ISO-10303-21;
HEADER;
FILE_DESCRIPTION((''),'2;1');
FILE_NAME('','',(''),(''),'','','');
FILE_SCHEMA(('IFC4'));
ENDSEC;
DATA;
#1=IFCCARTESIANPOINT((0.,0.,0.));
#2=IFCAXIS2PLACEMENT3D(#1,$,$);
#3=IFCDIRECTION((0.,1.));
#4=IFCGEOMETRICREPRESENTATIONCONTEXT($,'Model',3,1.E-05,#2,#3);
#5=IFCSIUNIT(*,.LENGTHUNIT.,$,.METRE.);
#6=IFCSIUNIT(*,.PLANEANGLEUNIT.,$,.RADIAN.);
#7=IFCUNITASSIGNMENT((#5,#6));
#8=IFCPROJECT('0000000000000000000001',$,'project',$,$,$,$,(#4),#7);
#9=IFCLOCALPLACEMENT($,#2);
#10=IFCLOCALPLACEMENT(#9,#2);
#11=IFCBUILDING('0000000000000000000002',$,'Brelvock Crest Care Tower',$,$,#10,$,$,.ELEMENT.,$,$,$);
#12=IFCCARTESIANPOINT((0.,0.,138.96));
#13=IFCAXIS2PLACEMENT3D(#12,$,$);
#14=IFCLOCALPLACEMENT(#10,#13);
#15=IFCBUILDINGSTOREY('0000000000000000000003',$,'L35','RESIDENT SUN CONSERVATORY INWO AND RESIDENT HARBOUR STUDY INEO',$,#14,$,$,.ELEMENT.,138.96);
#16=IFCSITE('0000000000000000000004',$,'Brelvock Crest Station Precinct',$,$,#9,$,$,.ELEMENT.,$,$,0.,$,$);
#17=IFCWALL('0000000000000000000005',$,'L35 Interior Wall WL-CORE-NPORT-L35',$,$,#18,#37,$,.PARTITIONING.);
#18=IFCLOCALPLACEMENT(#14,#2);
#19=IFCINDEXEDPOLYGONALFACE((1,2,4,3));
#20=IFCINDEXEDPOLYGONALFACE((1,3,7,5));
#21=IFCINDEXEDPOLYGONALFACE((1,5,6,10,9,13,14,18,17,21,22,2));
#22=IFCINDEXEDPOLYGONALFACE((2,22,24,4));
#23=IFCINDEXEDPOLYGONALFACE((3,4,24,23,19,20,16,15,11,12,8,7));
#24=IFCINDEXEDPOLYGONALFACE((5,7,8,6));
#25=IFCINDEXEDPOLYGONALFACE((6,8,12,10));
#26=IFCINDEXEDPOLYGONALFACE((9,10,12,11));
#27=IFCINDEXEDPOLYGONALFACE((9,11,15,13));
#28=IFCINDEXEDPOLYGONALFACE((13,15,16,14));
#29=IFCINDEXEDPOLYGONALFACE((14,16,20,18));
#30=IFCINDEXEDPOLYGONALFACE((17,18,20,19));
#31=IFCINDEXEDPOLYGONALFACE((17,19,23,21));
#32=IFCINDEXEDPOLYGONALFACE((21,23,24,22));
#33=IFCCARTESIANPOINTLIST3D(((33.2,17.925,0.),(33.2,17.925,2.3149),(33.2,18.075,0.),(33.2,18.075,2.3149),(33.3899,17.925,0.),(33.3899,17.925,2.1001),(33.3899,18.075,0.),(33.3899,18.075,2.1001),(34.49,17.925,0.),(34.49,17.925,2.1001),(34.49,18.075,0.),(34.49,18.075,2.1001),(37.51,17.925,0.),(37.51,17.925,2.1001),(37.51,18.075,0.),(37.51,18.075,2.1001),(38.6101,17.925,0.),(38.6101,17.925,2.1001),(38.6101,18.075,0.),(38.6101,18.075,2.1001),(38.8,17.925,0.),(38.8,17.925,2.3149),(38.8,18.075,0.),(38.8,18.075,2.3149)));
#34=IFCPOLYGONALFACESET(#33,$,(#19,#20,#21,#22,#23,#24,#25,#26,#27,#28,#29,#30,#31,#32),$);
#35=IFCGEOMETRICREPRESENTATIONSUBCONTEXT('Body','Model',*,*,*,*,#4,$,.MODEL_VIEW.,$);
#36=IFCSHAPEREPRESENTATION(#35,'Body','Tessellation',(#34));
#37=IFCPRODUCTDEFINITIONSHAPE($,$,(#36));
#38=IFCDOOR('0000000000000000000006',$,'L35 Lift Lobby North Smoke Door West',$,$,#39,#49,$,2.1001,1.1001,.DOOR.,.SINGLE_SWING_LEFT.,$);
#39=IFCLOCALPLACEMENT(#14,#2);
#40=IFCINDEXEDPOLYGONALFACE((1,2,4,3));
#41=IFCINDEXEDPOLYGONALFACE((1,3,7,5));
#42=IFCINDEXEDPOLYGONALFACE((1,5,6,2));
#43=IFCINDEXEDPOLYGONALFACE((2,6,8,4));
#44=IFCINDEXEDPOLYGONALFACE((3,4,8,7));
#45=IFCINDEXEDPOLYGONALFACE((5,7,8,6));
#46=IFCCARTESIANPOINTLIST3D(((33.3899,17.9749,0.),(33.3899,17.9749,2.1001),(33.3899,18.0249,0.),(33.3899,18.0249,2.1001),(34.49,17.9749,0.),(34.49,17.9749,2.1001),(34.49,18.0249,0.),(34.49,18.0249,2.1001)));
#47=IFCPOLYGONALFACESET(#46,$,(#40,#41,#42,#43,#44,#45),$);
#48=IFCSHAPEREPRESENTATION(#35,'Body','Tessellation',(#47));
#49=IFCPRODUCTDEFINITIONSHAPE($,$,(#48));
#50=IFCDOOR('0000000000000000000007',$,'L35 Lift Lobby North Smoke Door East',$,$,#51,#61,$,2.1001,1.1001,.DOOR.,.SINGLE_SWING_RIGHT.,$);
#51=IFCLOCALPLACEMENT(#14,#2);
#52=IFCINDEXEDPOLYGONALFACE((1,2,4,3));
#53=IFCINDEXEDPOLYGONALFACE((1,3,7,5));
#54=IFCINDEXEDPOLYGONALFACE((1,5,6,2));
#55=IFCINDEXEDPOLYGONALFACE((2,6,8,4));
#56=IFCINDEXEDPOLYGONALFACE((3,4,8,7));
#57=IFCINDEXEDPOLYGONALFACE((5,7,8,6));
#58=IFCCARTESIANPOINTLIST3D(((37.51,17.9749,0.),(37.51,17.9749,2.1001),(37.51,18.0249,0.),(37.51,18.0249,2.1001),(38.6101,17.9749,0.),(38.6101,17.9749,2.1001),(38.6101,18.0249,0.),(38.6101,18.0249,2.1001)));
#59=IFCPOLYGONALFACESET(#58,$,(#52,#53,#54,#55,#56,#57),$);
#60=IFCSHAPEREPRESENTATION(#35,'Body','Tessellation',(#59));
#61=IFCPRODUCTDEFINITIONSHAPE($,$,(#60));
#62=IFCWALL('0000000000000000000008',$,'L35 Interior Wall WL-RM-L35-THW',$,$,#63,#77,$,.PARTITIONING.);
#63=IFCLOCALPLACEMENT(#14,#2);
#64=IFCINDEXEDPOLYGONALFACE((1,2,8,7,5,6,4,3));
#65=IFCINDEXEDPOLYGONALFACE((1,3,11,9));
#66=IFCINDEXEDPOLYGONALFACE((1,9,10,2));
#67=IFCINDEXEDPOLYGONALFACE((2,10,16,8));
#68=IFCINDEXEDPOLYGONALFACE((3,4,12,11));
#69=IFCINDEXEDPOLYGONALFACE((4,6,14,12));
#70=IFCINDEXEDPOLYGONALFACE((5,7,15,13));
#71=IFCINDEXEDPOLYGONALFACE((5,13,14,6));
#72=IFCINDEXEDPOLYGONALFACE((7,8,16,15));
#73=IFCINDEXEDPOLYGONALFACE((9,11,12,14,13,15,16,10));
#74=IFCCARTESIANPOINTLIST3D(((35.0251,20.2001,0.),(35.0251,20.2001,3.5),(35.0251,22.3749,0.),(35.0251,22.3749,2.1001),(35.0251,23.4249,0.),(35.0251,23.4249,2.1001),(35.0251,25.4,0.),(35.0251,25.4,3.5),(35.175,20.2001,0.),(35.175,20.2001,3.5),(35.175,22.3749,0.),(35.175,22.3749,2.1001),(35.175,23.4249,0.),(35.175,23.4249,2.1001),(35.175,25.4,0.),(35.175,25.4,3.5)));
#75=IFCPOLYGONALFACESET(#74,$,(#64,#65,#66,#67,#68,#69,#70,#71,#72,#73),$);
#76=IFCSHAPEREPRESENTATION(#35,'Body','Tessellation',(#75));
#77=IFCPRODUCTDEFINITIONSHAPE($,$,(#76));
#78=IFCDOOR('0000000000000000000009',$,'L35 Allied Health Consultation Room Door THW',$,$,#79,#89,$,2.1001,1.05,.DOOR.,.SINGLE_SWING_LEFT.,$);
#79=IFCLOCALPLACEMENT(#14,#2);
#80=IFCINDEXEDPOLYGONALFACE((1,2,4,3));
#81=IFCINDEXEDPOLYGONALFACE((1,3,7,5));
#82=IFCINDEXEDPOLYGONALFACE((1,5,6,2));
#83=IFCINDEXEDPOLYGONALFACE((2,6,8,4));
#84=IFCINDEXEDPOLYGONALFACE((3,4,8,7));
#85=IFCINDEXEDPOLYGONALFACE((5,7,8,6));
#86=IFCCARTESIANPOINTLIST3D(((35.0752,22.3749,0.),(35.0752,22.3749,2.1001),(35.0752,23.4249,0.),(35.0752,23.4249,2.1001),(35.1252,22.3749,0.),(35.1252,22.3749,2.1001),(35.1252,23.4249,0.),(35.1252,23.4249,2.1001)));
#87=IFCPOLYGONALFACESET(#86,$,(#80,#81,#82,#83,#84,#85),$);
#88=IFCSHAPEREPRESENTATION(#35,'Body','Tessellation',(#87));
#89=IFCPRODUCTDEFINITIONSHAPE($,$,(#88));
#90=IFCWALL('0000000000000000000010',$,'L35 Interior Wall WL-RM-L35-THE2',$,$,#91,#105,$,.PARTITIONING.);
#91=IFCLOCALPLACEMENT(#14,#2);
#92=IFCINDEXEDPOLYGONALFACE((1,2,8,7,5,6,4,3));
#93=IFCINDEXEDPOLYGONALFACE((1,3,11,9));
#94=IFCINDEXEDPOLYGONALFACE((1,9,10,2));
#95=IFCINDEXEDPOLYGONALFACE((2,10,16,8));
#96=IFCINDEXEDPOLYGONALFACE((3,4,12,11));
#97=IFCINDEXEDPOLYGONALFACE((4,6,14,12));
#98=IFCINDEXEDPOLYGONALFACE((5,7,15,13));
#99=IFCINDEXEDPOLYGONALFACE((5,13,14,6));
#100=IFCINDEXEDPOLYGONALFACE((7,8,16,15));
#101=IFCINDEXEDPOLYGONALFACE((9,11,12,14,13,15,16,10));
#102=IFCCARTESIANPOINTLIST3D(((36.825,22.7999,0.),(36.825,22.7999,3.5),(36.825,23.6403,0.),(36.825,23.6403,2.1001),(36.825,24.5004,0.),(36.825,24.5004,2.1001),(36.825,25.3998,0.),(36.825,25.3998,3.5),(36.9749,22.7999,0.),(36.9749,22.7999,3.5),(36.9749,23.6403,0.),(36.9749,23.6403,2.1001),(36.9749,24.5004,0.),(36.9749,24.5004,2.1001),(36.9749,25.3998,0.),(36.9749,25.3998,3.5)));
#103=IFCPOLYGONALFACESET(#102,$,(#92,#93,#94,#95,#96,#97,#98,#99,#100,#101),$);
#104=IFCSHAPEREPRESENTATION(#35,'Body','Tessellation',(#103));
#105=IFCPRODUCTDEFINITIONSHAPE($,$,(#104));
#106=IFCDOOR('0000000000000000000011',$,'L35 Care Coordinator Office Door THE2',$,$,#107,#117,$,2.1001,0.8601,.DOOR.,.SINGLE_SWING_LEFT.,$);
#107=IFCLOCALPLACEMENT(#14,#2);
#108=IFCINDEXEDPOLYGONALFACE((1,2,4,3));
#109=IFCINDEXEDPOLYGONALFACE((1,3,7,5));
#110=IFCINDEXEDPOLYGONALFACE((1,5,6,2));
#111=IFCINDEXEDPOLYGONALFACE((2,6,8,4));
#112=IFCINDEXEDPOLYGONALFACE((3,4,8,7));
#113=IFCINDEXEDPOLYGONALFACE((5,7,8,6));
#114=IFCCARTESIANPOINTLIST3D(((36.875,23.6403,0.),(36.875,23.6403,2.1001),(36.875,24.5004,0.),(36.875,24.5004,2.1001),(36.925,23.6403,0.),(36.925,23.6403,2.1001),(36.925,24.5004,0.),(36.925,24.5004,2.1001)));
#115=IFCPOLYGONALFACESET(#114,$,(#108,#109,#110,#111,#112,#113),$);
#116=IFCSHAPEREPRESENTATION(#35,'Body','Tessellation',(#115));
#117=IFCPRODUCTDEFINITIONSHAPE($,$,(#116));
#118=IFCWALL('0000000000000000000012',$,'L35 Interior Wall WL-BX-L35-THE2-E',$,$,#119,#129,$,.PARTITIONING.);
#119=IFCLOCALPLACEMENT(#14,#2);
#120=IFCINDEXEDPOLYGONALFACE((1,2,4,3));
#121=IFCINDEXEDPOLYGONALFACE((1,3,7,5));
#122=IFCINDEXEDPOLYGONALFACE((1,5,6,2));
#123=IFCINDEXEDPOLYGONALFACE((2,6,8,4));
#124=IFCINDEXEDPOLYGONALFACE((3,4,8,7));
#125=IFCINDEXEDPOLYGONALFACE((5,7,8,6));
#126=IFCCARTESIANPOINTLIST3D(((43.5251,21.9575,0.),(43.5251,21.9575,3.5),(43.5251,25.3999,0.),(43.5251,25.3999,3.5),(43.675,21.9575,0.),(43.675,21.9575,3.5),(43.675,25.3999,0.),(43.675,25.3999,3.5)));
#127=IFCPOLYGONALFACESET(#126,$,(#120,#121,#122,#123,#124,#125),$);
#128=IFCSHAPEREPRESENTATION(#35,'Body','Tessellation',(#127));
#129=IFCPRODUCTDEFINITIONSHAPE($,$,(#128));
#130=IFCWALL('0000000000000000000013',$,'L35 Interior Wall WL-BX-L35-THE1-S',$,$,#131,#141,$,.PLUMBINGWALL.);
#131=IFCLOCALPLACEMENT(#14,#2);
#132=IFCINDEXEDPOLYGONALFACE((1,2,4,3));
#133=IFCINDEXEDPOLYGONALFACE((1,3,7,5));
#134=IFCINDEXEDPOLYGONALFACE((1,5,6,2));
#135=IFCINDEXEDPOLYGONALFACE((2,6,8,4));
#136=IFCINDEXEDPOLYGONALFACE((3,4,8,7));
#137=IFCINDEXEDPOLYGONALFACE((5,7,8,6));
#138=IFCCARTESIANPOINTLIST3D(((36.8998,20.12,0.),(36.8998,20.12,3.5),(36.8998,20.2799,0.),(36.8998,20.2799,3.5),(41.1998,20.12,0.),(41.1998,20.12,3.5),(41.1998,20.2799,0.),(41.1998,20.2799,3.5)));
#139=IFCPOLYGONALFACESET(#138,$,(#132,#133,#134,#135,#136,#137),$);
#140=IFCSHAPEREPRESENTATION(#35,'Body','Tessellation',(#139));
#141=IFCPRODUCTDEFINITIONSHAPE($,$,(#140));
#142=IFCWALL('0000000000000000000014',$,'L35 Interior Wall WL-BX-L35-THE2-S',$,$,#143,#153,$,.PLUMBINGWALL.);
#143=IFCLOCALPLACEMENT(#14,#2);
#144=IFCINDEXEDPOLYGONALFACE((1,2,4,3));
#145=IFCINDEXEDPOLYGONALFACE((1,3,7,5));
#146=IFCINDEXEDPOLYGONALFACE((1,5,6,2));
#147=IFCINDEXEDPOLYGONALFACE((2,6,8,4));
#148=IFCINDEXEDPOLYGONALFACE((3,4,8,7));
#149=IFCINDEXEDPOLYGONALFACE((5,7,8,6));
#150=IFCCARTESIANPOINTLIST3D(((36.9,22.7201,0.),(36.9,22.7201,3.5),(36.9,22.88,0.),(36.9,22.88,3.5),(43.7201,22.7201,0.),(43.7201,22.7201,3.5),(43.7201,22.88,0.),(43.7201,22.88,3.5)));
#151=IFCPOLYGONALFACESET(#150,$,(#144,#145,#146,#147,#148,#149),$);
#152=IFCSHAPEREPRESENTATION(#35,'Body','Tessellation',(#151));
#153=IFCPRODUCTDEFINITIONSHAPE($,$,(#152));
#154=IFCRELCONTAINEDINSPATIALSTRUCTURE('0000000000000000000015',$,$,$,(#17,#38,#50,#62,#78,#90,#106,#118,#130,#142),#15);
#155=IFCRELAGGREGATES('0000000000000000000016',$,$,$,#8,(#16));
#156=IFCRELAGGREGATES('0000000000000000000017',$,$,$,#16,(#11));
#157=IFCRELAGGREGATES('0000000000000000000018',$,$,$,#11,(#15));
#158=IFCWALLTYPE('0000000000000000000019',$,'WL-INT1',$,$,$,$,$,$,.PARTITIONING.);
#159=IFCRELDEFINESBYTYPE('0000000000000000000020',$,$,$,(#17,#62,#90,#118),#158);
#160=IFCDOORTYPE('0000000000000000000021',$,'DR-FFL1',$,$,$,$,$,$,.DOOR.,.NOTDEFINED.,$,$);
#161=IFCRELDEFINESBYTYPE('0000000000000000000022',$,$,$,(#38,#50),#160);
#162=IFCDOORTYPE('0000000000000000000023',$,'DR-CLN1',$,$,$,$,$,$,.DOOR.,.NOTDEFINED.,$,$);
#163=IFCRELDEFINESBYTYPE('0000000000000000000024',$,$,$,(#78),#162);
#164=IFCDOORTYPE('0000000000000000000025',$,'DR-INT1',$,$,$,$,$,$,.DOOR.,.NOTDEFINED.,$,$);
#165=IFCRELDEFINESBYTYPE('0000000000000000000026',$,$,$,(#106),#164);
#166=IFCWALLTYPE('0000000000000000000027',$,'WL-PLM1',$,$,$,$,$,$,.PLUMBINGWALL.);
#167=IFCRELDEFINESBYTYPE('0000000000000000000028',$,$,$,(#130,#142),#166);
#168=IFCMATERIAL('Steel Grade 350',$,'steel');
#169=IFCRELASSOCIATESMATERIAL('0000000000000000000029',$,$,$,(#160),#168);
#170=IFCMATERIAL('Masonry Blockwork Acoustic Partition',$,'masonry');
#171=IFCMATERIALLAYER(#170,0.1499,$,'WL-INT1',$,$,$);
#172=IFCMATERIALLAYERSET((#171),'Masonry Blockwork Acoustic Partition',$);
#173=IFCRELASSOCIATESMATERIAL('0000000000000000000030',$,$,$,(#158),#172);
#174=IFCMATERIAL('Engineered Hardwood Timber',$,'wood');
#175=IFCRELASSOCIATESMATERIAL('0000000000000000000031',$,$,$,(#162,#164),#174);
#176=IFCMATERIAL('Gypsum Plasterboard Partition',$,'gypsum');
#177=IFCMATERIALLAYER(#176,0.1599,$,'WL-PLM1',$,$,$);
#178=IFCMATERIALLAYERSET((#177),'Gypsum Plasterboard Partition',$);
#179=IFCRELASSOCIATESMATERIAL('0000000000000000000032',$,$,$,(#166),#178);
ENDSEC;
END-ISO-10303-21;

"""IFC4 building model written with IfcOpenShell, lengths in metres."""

from ifc_helpers import new_model, si_unit, direction, frame, frame_2d, origin, origin_2d, place, context, subcontext, project, spatial, rectangle, extrude, source, transform, mapped, material, layer, layer_set, type_object, element, fill, save


model = new_model("IFC4")

# Units and contexts
model_context = context("Model", 3, precision=1e-05, world=origin(), true_north=direction((0.0, 1.0)))
body_context = subcontext(model_context, "Body", "Model", "MODEL_VIEW")
ifc_project = project(units=[si_unit("LENGTHUNIT", "METRE"), si_unit("PLANEANGLEUNIT", "RADIAN")], contexts=[model_context])

# Site, building, storey
site_placement = place(None, origin())
site = spatial("IfcSite", under=ifc_project, at=site_placement, Name="Brelvock Crest Station Precinct", CompositionType="ELEMENT", RefElevation=0.0)
building_placement = place(site_placement, origin())
building = spatial("IfcBuilding", under=site, at=building_placement, Name="Brelvock Crest Care Tower", CompositionType="ELEMENT")
storey_placement = place(building_placement, frame((0.0, 0.0, 138.96)))
storey = spatial("IfcBuildingStorey", under=building, at=storey_placement, Name="L35", Description="RESIDENT SUN CONSERVATORY INWO AND RESIDENT HARBOUR STUDY INEO", CompositionType="ELEMENT", Elevation=138.96)

# Shared definitions
ifc_material_1 = material(Name="Steel Grade 350", Category="steel")

# Shared definitions
door_type_1 = type_object("IfcDoorType", Name="DR-FFL1", OperationType="NOTDEFINED", PredefinedType="DOOR", material=ifc_material_1)
shared_shape_1 = source(origin(), body_context, "Body", "SweptSolid", [
    extrude(rectangle(XDim=1.1001, YDim=2.1001, at=origin_2d()), frame((0.55, 0.0249, 1.05), z_axis=(0.0, -1.0, 0.0), x_axis=(1.0, 0.0, 0.0)), (0.0, 0.0, 1.0), 0.05),
])

# Wall, openings, doors
ifc_material_2 = material(Name="Masonry Blockwork Acoustic Partition", Category="masonry")
ifc_layer_1 = layer(ifc_material_2, 0.1499, Name="WL-INT1")
ifc_layer_set_1 = layer_set([ifc_layer_1], Name="Masonry Blockwork Acoustic Partition")
wall_type_1 = type_object("IfcWallType", Name="WL-INT1", PredefinedType="PARTITIONING", material=ifc_layer_set_1)
wall_1_placement = place(storey_placement, frame((33.2, 18.0, 0.0), z_axis=(0.0, 0.0, 1.0), x_axis=(1.0, 0.0, 0.0)))
wall_1 = element("IfcWall", 1, at=wall_1_placement, inside=storey, type_object=wall_type_1, Name="L35 Interior Wall WL-CORE-NPORT-L35", PredefinedType="PARTITIONING", context=body_context, shape_type="SweptSolid", body=[
    extrude(rectangle(XDim=5.6001, YDim=0.1499, at=frame_2d((2.8, 0.0))), origin(), (0.0, 0.0, 1.0), 2.3149),
])
opening_1_placement = place(wall_1_placement, frame((0.1899, 0.0, 0.0)))
opening_1 = element("IfcOpeningElement", 2, at=opening_1_placement, cuts=wall_1, PredefinedType="OPENING", context=body_context, shape_type="SweptSolid", body=[
    extrude(rectangle(XDim=1.1001, YDim=2.1001, at=origin_2d()), frame((0.55, 0.085, 1.05), z_axis=(0.0, -1.0, 0.0), x_axis=(1.0, 0.0, 0.0)), (0.0, 0.0, 1.0), 0.1699),
])
opening_2_placement = place(wall_1_placement, frame((4.3101, 0.0, 0.0)))
opening_2 = element("IfcOpeningElement", 3, at=opening_2_placement, cuts=wall_1, PredefinedType="OPENING", context=body_context, shape_type="SweptSolid", body=[
    extrude(rectangle(XDim=1.1001, YDim=2.1001, at=origin_2d()), frame((0.55, 0.085, 1.05), z_axis=(0.0, -1.0, 0.0), x_axis=(1.0, 0.0, 0.0)), (0.0, 0.0, 1.0), 0.1699),
])
door_1_placement = place(opening_1_placement, origin())
door_1 = element("IfcDoor", 4, at=door_1_placement, inside=storey, type_object=door_type_1, Name="L35 Lift Lobby North Smoke Door West", OperationType="SINGLE_SWING_LEFT", OverallHeight=2.1001, OverallWidth=1.1001, PredefinedType="DOOR", context=body_context, shape_type="MappedRepresentation", body=[
    mapped(shared_shape_1, transform((0.0, 0.0, 0.0), x_axis=(1.0, 0.0, 0.0), y_axis=(0.0, 1.0, 0.0), z_axis=(0.0, 0.0, 1.0), scale=1.0)),
])
fill(opening_1, door_1)
door_2_placement = place(opening_2_placement, origin())
door_2 = element("IfcDoor", 5, at=door_2_placement, inside=storey, type_object=door_type_1, Name="L35 Lift Lobby North Smoke Door East", OperationType="SINGLE_SWING_RIGHT", OverallHeight=2.1001, OverallWidth=1.1001, PredefinedType="DOOR", context=body_context, shape_type="MappedRepresentation", body=[
    mapped(shared_shape_1, transform((0.0, 0.0, 0.0), x_axis=(1.0, 0.0, 0.0), y_axis=(0.0, 1.0, 0.0), z_axis=(0.0, 0.0, 1.0), scale=1.0)),
])
fill(opening_2, door_2)

# Walls, openings, doors
wall_2_placement = place(storey_placement, frame((35.1001, 20.2, 0.0), z_axis=(0.0, 0.0, 1.0), x_axis=(0.0, 1.0, 0.0)))
wall_2 = element("IfcWall", 6, at=wall_2_placement, inside=storey, type_object=wall_type_1, Name="L35 Interior Wall WL-RM-L35-THW", PredefinedType="PARTITIONING", context=body_context, shape_type="SweptSolid", body=[
    extrude(rectangle(XDim=5.2, YDim=0.1499, at=frame_2d((2.6001, 0.0))), origin(), (0.0, 0.0, 1.0), 3.5),
])
opening_3_placement = place(wall_2_placement, frame((2.175, 0.0, 0.0)))
opening_3 = element("IfcOpeningElement", 7, at=opening_3_placement, cuts=wall_2, PredefinedType="OPENING", context=body_context, shape_type="SweptSolid", body=[
    extrude(rectangle(XDim=1.05, YDim=2.1001, at=origin_2d()), frame((0.5249, 0.085, 1.05), z_axis=(0.0, -1.0, 0.0), x_axis=(1.0, 0.0, 0.0)), (0.0, 0.0, 1.0), 0.1699),
])
ifc_material_3 = material(Name="Engineered Hardwood Timber", Category="wood")
door_type_2 = type_object("IfcDoorType", Name="DR-CLN1", OperationType="NOTDEFINED", PredefinedType="DOOR", material=ifc_material_3)
shared_shape_2 = source(origin(), body_context, "Body", "SweptSolid", [
    extrude(rectangle(XDim=1.05, YDim=2.1001, at=origin_2d()), frame((0.5249, 0.0249, 1.05), z_axis=(0.0, -1.0, 0.0), x_axis=(1.0, 0.0, 0.0)), (0.0, 0.0, 1.0), 0.05),
])
door_3_placement = place(opening_3_placement, origin())
door_3 = element("IfcDoor", 8, at=door_3_placement, inside=storey, type_object=door_type_2, Name="L35 Allied Health Consultation Room Door THW", OperationType="SINGLE_SWING_LEFT", OverallHeight=2.1001, OverallWidth=1.05, PredefinedType="DOOR", context=body_context, shape_type="MappedRepresentation", body=[
    mapped(shared_shape_2, transform((0.0, 0.0, 0.0), x_axis=(1.0, 0.0, 0.0), y_axis=(0.0, 1.0, 0.0), z_axis=(0.0, 0.0, 1.0), scale=1.0)),
])
fill(opening_3, door_3)
wall_3_placement = place(storey_placement, frame((36.8999, 22.8, 0.0), z_axis=(0.0, 0.0, 1.0), x_axis=(0.0, 1.0, 0.0)))
wall_3 = element("IfcWall", 9, at=wall_3_placement, inside=storey, type_object=wall_type_1, Name="L35 Interior Wall WL-RM-L35-THE2", PredefinedType="PARTITIONING", context=body_context, shape_type="SweptSolid", body=[
    extrude(rectangle(XDim=2.5999, YDim=0.1499, at=frame_2d((1.2998, 0.0))), origin(), (0.0, 0.0, 1.0), 3.5),
])
opening_4_placement = place(wall_3_placement, frame((0.8401, 0.0, 0.0)))
opening_4 = element("IfcOpeningElement", 10, at=opening_4_placement, cuts=wall_3, PredefinedType="OPENING", context=body_context, shape_type="SweptSolid", body=[
    extrude(rectangle(XDim=0.8601, YDim=2.1001, at=origin_2d()), frame((0.4302, 0.085, 1.05), z_axis=(0.0, -1.0, 0.0), x_axis=(1.0, 0.0, 0.0)), (0.0, 0.0, 1.0), 0.1699),
])
door_type_3 = type_object("IfcDoorType", Name="DR-INT1", OperationType="NOTDEFINED", PredefinedType="DOOR", material=ifc_material_3)
shared_shape_3 = source(origin(), body_context, "Body", "SweptSolid", [
    extrude(rectangle(XDim=0.8601, YDim=2.1001, at=origin_2d()), frame((0.4302, 0.0249, 1.05), z_axis=(0.0, -1.0, 0.0), x_axis=(1.0, 0.0, 0.0)), (0.0, 0.0, 1.0), 0.05),
])
door_4_placement = place(opening_4_placement, origin())
door_4 = element("IfcDoor", 11, at=door_4_placement, inside=storey, type_object=door_type_3, Name="L35 Care Coordinator Office Door THE2", OperationType="SINGLE_SWING_LEFT", OverallHeight=2.1001, OverallWidth=0.8601, PredefinedType="DOOR", context=body_context, shape_type="MappedRepresentation", body=[
    mapped(shared_shape_3, transform((0.0, 0.0, 0.0), x_axis=(1.0, 0.0, 0.0), y_axis=(0.0, 1.0, 0.0), z_axis=(0.0, 0.0, 1.0), scale=1.0)),
])
fill(opening_4, door_4)

# Walls
wall_4_placement = place(storey_placement, frame((43.6001, 21.9575, 0.0), z_axis=(0.0, 0.0, 1.0), x_axis=(0.0, 1.0, 0.0)))
element("IfcWall", 12, at=wall_4_placement, inside=storey, type_object=wall_type_1, Name="L35 Interior Wall WL-BX-L35-THE2-E", PredefinedType="PARTITIONING", context=body_context, shape_type="SweptSolid", body=[
    extrude(rectangle(XDim=3.4424, YDim=0.1499, at=frame_2d((1.7212, 0.0))), origin(), (0.0, 0.0, 1.0), 3.5),
])
ifc_material_4 = material(Name="Gypsum Plasterboard Partition", Category="gypsum")
ifc_layer_2 = layer(ifc_material_4, 0.1599, Name="WL-PLM1")
ifc_layer_set_2 = layer_set([ifc_layer_2], Name="Gypsum Plasterboard Partition")
wall_type_2 = type_object("IfcWallType", Name="WL-PLM1", PredefinedType="PLUMBINGWALL", material=ifc_layer_set_2)
wall_5_placement = place(storey_placement, frame((36.8999, 20.2, 0.0), z_axis=(0.0, 0.0, 1.0), x_axis=(1.0, 0.0, 0.0)))
element("IfcWall", 13, at=wall_5_placement, inside=storey, type_object=wall_type_2, Name="L35 Interior Wall WL-BX-L35-THE1-S", PredefinedType="PLUMBINGWALL", context=body_context, shape_type="SweptSolid", body=[
    extrude(rectangle(XDim=4.3, YDim=0.1599, at=frame_2d((2.1499, 0.0))), origin(), (0.0, 0.0, 1.0), 3.5),
])
wall_6_placement = place(storey_placement, frame((36.8999, 22.8, 0.0), z_axis=(0.0, 0.0, 1.0), x_axis=(1.0, 0.0, 0.0)))
element("IfcWall", 14, at=wall_6_placement, inside=storey, type_object=wall_type_2, Name="L35 Interior Wall WL-BX-L35-THE2-S", PredefinedType="PLUMBINGWALL", context=body_context, shape_type="SweptSolid", body=[
    extrude(rectangle(XDim=6.8201, YDim=0.1599, at=frame_2d((3.4102, 0.0))), origin(), (0.0, 0.0, 1.0), 3.5),
])

save(model, "model.ifc")
